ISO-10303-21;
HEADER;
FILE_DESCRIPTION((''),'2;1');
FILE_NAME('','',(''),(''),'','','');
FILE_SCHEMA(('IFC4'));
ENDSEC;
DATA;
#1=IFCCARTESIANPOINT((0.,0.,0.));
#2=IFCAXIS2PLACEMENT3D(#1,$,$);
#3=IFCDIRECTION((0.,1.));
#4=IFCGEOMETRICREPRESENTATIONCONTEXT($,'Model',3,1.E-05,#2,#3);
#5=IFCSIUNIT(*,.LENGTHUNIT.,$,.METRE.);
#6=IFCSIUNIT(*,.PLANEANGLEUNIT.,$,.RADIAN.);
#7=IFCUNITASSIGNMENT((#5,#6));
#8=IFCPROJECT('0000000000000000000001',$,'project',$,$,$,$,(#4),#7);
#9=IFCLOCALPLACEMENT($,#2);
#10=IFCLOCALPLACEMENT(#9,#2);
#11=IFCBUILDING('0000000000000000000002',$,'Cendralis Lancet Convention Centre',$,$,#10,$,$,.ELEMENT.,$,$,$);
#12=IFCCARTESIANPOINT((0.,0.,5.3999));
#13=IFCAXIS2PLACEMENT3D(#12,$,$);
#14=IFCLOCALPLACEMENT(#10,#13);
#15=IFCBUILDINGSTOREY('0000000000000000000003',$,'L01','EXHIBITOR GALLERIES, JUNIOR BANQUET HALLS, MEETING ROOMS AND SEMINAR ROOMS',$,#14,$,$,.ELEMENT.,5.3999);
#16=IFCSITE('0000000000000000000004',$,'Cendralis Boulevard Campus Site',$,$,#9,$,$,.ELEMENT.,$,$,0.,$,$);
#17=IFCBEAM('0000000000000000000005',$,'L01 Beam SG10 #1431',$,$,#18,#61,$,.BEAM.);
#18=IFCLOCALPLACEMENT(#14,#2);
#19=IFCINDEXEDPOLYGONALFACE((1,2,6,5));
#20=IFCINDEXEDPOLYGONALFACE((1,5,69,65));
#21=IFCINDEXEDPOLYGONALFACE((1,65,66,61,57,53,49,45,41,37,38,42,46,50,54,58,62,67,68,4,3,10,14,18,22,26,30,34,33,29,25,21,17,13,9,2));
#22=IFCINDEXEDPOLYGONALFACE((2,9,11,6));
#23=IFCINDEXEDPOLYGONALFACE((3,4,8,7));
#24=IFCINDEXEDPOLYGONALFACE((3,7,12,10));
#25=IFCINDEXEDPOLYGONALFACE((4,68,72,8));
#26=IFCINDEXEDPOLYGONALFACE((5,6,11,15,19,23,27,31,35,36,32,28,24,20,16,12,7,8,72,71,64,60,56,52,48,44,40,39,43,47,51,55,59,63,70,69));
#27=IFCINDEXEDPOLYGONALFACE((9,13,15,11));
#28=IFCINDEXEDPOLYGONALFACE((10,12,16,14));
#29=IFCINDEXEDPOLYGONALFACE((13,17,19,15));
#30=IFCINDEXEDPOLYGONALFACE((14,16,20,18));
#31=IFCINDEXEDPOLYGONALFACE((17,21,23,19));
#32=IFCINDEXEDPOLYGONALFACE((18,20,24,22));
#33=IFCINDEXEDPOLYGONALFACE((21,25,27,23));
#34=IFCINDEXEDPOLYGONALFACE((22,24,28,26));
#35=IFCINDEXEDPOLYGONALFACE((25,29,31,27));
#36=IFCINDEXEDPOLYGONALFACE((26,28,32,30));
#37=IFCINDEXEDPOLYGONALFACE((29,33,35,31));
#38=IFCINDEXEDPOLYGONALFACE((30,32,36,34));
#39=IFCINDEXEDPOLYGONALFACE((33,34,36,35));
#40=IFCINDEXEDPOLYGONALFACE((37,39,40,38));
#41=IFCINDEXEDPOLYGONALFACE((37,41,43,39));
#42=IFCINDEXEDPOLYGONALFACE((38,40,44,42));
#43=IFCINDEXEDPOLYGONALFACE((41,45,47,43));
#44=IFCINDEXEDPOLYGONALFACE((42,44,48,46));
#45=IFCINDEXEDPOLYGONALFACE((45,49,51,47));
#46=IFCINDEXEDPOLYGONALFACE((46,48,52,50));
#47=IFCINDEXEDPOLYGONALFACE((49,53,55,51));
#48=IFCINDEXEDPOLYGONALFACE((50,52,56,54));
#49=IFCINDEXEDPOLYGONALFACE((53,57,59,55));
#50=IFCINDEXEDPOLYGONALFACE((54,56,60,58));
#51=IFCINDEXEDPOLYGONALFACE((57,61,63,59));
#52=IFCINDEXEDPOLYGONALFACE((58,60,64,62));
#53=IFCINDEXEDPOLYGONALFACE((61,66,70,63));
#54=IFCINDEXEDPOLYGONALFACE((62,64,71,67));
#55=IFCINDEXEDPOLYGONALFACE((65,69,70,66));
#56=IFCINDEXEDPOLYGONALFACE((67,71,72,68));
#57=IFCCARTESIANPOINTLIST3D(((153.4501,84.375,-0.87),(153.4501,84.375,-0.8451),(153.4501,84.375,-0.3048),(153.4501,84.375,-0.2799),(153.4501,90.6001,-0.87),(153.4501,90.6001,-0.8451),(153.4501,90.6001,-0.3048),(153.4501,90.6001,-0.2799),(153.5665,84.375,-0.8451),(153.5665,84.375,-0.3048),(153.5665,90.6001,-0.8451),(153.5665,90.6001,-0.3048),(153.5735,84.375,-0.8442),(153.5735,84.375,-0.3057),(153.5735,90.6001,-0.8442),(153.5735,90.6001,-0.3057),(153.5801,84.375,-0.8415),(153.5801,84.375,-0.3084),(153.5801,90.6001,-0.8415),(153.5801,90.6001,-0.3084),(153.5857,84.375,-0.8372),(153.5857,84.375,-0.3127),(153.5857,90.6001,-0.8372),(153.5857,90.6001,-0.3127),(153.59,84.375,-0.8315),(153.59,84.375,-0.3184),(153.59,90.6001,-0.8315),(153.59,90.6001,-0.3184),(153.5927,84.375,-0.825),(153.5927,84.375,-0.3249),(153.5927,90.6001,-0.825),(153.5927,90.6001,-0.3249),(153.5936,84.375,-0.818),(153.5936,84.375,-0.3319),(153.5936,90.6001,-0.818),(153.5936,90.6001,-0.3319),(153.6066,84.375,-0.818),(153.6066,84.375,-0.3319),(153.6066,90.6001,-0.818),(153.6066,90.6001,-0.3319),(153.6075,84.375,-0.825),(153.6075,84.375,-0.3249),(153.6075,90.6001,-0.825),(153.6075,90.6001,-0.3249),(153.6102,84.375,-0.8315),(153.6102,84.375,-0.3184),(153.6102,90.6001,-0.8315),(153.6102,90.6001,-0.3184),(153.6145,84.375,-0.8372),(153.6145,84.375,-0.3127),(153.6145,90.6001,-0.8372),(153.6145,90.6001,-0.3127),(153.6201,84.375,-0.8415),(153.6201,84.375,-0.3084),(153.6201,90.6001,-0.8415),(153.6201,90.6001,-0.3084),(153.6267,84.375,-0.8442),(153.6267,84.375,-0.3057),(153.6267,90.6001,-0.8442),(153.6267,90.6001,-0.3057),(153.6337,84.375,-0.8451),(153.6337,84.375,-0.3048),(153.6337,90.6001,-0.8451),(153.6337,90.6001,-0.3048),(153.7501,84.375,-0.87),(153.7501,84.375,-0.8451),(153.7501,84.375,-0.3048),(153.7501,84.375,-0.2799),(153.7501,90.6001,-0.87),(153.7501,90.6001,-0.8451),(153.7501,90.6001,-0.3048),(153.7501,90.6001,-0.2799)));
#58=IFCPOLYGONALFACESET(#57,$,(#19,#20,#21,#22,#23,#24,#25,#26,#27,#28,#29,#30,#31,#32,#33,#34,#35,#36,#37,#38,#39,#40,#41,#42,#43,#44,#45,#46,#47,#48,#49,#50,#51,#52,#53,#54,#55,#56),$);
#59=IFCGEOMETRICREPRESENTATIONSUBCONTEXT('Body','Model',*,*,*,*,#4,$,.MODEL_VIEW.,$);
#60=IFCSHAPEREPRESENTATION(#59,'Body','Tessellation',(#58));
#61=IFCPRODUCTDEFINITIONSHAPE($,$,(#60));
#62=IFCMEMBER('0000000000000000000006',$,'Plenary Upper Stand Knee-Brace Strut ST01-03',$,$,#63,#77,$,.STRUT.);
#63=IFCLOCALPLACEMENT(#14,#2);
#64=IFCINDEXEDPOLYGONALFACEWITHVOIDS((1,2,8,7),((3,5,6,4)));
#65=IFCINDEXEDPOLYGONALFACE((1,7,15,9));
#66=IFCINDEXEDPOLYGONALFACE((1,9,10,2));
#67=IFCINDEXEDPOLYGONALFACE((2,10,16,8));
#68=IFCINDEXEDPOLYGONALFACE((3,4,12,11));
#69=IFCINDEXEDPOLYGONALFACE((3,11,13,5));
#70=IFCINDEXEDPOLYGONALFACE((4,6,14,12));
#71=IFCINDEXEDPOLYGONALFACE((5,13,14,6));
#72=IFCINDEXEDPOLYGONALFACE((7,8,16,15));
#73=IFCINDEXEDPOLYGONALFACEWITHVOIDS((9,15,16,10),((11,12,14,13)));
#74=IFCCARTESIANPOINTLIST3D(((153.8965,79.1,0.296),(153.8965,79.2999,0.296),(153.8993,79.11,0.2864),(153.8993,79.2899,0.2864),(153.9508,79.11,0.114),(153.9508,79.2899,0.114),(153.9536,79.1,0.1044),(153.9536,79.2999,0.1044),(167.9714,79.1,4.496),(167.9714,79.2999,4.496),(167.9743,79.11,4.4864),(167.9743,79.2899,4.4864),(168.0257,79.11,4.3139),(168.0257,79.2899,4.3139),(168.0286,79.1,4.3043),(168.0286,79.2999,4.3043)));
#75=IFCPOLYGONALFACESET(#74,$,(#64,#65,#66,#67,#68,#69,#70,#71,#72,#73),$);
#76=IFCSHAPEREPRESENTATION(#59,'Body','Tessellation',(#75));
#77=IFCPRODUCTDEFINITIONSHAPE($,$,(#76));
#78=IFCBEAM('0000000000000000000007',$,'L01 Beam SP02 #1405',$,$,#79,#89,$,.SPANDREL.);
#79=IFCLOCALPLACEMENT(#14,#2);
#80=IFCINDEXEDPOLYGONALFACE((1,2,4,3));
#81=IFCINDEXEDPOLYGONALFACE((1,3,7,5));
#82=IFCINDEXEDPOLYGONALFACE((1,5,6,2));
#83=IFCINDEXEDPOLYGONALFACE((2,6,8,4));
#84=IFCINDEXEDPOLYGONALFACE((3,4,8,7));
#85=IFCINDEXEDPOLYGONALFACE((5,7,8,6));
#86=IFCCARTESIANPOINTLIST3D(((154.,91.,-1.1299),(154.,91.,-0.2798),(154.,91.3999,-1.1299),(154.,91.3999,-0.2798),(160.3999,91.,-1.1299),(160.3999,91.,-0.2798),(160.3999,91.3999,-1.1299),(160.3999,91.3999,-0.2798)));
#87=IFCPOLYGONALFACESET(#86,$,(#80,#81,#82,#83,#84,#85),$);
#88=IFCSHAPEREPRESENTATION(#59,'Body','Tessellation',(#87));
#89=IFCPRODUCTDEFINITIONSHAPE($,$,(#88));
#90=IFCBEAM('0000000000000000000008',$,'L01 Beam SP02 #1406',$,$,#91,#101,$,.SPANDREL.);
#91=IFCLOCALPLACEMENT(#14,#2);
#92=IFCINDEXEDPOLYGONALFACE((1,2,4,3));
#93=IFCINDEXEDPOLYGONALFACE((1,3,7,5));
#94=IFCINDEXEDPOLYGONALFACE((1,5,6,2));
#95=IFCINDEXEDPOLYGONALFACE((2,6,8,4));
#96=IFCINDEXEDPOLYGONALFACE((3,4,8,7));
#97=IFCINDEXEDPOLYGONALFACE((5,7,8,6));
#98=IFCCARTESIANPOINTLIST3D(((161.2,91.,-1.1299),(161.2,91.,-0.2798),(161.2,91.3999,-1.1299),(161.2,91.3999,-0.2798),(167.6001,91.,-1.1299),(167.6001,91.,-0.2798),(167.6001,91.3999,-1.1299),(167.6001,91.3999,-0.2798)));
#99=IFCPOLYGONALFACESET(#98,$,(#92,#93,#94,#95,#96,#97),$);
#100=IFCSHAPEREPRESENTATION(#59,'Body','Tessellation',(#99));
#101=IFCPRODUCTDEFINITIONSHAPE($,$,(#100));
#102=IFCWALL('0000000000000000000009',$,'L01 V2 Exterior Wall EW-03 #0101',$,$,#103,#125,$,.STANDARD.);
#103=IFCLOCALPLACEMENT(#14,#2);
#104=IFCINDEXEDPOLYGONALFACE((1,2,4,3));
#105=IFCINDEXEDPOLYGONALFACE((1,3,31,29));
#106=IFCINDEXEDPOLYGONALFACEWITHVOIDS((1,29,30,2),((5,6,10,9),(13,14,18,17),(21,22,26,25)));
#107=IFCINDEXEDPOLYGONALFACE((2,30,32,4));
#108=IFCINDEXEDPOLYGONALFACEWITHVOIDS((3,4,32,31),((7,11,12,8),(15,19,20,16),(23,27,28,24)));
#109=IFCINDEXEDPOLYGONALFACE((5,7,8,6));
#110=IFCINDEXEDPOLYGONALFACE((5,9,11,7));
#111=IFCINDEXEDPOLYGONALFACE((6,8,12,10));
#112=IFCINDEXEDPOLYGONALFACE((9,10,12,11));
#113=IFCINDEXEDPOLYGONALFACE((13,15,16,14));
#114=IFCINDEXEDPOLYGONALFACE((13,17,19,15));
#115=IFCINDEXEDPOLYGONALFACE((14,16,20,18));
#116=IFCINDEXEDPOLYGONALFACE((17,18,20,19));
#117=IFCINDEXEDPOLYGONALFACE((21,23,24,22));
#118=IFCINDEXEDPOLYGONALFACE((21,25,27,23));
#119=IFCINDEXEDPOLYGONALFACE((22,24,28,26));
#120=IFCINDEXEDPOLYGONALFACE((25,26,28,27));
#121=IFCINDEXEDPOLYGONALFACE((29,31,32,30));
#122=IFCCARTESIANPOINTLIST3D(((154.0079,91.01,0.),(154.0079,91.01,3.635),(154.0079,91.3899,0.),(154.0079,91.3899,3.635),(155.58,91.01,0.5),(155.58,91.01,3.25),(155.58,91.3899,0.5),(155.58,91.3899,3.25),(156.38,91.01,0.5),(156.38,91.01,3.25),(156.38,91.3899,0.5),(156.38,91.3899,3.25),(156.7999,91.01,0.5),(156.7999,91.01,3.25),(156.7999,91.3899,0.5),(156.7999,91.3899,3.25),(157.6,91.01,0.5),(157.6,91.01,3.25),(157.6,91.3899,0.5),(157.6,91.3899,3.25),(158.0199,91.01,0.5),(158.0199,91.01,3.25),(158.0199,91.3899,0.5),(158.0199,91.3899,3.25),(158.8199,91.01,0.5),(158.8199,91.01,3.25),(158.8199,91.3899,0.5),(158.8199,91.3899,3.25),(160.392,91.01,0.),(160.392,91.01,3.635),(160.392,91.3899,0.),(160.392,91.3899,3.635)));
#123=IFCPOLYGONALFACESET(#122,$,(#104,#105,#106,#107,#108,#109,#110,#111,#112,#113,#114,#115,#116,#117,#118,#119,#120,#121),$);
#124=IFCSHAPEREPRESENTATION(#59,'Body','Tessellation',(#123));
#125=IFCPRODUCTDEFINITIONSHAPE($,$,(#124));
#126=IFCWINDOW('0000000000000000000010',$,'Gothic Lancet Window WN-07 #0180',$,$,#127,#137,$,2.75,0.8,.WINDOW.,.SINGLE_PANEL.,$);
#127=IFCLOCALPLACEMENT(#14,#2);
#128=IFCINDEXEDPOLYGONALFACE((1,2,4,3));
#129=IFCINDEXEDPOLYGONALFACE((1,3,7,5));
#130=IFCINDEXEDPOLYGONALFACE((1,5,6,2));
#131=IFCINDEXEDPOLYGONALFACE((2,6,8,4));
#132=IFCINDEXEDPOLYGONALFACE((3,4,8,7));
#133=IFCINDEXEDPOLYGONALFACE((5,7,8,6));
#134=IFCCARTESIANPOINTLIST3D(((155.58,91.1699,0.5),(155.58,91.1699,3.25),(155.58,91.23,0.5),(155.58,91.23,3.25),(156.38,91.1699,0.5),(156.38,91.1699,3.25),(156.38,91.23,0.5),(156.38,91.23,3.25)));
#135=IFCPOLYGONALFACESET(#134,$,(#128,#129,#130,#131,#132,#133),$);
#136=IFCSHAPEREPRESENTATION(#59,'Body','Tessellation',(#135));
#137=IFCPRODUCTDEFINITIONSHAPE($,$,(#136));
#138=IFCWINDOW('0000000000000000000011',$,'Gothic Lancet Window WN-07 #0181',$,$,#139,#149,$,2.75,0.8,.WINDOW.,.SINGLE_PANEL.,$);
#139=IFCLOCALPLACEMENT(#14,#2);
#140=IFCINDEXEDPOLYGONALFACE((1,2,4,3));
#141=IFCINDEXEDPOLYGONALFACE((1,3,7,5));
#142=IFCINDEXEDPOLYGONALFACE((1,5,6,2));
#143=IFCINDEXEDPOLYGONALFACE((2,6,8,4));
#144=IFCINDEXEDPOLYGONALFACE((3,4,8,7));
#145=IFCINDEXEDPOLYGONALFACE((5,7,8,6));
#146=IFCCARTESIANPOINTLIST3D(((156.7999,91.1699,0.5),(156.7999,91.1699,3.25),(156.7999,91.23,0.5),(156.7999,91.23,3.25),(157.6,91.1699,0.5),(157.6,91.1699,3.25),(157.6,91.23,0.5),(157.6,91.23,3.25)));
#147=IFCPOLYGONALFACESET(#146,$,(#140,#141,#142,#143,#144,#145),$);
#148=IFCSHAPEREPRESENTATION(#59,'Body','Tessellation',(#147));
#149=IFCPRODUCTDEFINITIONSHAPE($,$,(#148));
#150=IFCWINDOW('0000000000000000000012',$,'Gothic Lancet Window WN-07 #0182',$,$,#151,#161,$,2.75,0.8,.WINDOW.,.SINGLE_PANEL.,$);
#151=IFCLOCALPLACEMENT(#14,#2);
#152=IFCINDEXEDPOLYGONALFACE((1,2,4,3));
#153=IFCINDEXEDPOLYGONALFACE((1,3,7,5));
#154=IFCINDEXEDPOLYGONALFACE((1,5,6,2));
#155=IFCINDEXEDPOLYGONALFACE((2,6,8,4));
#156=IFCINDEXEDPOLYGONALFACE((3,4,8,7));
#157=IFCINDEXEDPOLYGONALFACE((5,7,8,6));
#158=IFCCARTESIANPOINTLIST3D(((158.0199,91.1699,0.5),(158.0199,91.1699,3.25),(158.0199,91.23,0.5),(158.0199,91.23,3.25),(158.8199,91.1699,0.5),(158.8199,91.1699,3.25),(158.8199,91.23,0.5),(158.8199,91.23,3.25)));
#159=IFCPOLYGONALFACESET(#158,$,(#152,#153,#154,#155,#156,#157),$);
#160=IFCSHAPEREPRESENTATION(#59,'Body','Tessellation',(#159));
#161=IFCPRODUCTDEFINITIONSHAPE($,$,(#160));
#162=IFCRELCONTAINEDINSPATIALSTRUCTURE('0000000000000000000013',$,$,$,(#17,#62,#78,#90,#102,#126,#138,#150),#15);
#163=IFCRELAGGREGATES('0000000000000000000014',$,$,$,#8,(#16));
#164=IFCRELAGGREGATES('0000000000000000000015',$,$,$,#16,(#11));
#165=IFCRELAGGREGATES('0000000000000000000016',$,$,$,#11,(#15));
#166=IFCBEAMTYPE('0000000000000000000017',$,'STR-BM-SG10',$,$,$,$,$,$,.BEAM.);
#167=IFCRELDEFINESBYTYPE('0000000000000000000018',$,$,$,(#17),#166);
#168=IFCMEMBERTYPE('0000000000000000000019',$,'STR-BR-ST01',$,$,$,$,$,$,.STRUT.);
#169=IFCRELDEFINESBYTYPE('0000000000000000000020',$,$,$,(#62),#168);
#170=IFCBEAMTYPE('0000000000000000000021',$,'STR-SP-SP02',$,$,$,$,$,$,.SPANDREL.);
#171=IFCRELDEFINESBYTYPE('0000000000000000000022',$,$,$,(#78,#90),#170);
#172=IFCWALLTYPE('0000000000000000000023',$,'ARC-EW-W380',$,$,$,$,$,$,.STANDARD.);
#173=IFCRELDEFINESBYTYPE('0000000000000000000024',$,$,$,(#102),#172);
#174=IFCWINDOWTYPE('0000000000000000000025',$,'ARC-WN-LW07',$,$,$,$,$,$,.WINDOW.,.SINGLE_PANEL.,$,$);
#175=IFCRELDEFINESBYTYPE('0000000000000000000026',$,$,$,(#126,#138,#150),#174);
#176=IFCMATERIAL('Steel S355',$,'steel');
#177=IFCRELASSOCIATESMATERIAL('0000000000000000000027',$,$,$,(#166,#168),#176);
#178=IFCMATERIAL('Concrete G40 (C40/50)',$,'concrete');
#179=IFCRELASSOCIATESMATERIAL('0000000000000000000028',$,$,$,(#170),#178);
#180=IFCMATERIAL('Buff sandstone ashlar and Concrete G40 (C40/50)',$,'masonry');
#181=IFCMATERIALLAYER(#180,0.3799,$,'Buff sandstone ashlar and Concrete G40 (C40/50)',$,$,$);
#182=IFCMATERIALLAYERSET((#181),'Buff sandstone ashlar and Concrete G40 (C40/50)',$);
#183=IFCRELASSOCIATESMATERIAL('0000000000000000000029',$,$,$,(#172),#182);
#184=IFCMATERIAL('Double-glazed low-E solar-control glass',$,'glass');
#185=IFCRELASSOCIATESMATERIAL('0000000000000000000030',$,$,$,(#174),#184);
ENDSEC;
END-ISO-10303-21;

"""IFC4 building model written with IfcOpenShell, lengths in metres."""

from ifc_helpers import new_model, si_unit, direction, frame, frame_2d, origin, origin_2d, place, context, subcontext, project, spatial, rectangle, hollow_rectangle, i_section, extrude, material, layer, layer_set, material_profile, profile_set, type_object, element, fill, save


model = new_model("IFC4")

# Units and contexts
model_context = context("Model", 3, precision=1e-05, world=origin(), true_north=direction((0.0, 1.0)))
body_context = subcontext(model_context, "Body", "Model", "MODEL_VIEW")
ifc_project = project(units=[si_unit("LENGTHUNIT", "METRE"), si_unit("PLANEANGLEUNIT", "RADIAN")], contexts=[model_context])

# Site, building, storey
site_placement = place(None, origin())
site = spatial("IfcSite", under=ifc_project, at=site_placement, Name="Cendralis Boulevard Campus Site", CompositionType="ELEMENT", RefElevation=0.0)
building_placement = place(site_placement, origin())
building = spatial("IfcBuilding", under=site, at=building_placement, Name="Cendralis Lancet Convention Centre", CompositionType="ELEMENT")
storey_placement = place(building_placement, frame((0.0, 0.0, 5.3999)))
storey = spatial("IfcBuildingStorey", under=building, at=storey_placement, Name="L01", Description="EXHIBITOR GALLERIES, JUNIOR BANQUET HALLS, MEETING ROOMS AND SEMINAR ROOMS", CompositionType="ELEMENT", Elevation=5.3999)

# Shared definitions
ifc_material_1 = material(Name="Concrete G40 (C40/50)", Category="concrete")

# Beam
ifc_material_2 = material(Name="Steel S355", Category="steel")
ifc_material_profile_1 = material_profile(ifc_material_2, i_section(OverallWidth=0.3, OverallDepth=0.5901, WebThickness=0.0129, FlangeThickness=0.0249, FilletRadius=0.0271, at=origin_2d()), Name="HEA 600")
ifc_profile_set_1 = profile_set([ifc_material_profile_1], Name="Steel S355")
beam_type_1 = type_object("IfcBeamType", Name="STR-BM-SG10", PredefinedType="BEAM", material=ifc_profile_set_1)
beam_1_placement = place(storey_placement, frame((153.6001, 84.375, -0.575), z_axis=(0.0, 1.0, 0.0), x_axis=(-1.0, 0.0, 0.0)))
element("IfcBeam", 1, at=beam_1_placement, inside=storey, type_object=beam_type_1, Name="L01 Beam SG10 #1431", PredefinedType="BEAM", context=body_context, shape_type="SweptSolid", body=[
    extrude(i_section(OverallWidth=0.3, OverallDepth=0.5901, WebThickness=0.0129, FlangeThickness=0.0249, FilletRadius=0.0271, at=origin_2d()), origin(), (0.0, 0.0, 1.0), 6.2251),
])

# Member
ifc_material_profile_2 = material_profile(ifc_material_2, hollow_rectangle(XDim=0.2, YDim=0.2, WallThickness=0.01, at=origin_2d()), Name="SHS 200x200x10.0")
ifc_profile_set_2 = profile_set([ifc_material_profile_2], Name="Steel S355")
member_type = type_object("IfcMemberType", Name="STR-BR-ST01", PredefinedType="STRUT", material=ifc_profile_set_2)
member_placement = place(storey_placement, frame((153.925, 79.2, 0.2002), z_axis=(0.958247, 0.0, 0.28594), x_axis=(0.0, 1.0, 0.0)))
element("IfcMember", 2, at=member_placement, inside=storey, type_object=member_type, Name="Plenary Upper Stand Knee-Brace Strut ST01-03", PredefinedType="STRUT", context=body_context, shape_type="SweptSolid", body=[
    extrude(hollow_rectangle(XDim=0.2, YDim=0.2, WallThickness=0.01, at=origin_2d()), origin(), (0.0, 0.0, 1.0), 14.6882),
])

# Beams
ifc_material_profile_3 = material_profile(ifc_material_1, rectangle(XDim=0.3999, YDim=0.8501, at=origin_2d()), Name="RCB 400x850")
ifc_profile_set_3 = profile_set([ifc_material_profile_3], Name="Concrete G40 (C40/50)")
beam_type_2 = type_object("IfcBeamType", Name="STR-SP-SP02", PredefinedType="SPANDREL", material=ifc_profile_set_3)
beam_2_placement = place(storey_placement, frame((154.0, 91.2, -0.7048), z_axis=(1.0, 0.0, 0.0), x_axis=(0.0, 1.0, 0.0)))
element("IfcBeam", 3, at=beam_2_placement, inside=storey, type_object=beam_type_2, Name="L01 Beam SP02 #1405", PredefinedType="SPANDREL", context=body_context, shape_type="SweptSolid", body=[
    extrude(rectangle(XDim=0.3999, YDim=0.8501, at=origin_2d()), origin(), (0.0, 0.0, 1.0), 6.3999),
])
beam_3_placement = place(storey_placement, frame((161.2, 91.2, -0.7048), z_axis=(1.0, 0.0, 0.0), x_axis=(0.0, 1.0, 0.0)))
element("IfcBeam", 4, at=beam_3_placement, inside=storey, type_object=beam_type_2, Name="L01 Beam SP02 #1406", PredefinedType="SPANDREL", context=body_context, shape_type="SweptSolid", body=[
    extrude(rectangle(XDim=0.3999, YDim=0.8501, at=origin_2d()), origin(), (0.0, 0.0, 1.0), 6.4001),
])

# Wall, openings, windows
ifc_material_3 = material(Name="Buff sandstone ashlar and Concrete G40 (C40/50)", Category="masonry")
ifc_layer_1 = layer(ifc_material_3, 0.3799, Name="Buff sandstone ashlar and Concrete G40 (C40/50)")
ifc_layer_set_1 = layer_set([ifc_layer_1], Name="Buff sandstone ashlar and Concrete G40 (C40/50)")
wall_type_1 = type_object("IfcWallType", Name="ARC-EW-W380", PredefinedType="STANDARD", material=ifc_layer_set_1)
wall_1_placement = place(storey_placement, frame((154.0081, 91.2, 0.0), z_axis=(0.0, 0.0, 1.0), x_axis=(1.0, 0.0, 0.0)))
wall_1 = element("IfcWall", 5, at=wall_1_placement, inside=storey, type_object=wall_type_1, Name="L01 V2 Exterior Wall EW-03 #0101", PredefinedType="STANDARD", context=body_context, shape_type="SweptSolid", body=[
    extrude(rectangle(XDim=6.384, YDim=0.3799, at=frame_2d((3.1919, 0.0))), origin(), (0.0, 0.0, 1.0), 3.635),
])
opening_1_placement = place(wall_1_placement, frame((1.572, 0.0, 0.5)))
opening_1 = element("IfcOpeningElement", 6, at=opening_1_placement, cuts=wall_1, PredefinedType="OPENING", context=body_context, shape_type="SweptSolid", body=[
    extrude(rectangle(XDim=0.8, YDim=2.75, at=frame_2d((0.3999, 1.375))), frame((0.0, 0.2, 0.0), z_axis=(0.0, -1.0, 0.0), x_axis=(1.0, 0.0, 0.0)), (0.0, 0.0, 1.0), 0.3999),
])
opening_2_placement = place(wall_1_placement, frame((2.792, 0.0, 0.5)))
opening_2 = element("IfcOpeningElement", 7, at=opening_2_placement, cuts=wall_1, PredefinedType="OPENING", context=body_context, shape_type="SweptSolid", body=[
    extrude(rectangle(XDim=0.8, YDim=2.75, at=frame_2d((0.3999, 1.375))), frame((0.0, 0.2, 0.0), z_axis=(0.0, -1.0, 0.0), x_axis=(1.0, 0.0, 0.0)), (0.0, 0.0, 1.0), 0.3999),
])
opening_3_placement = place(wall_1_placement, frame((4.012, 0.0, 0.5)))
opening_3 = element("IfcOpeningElement", 8, at=opening_3_placement, cuts=wall_1, PredefinedType="OPENING", context=body_context, shape_type="SweptSolid", body=[
    extrude(rectangle(XDim=0.8, YDim=2.75, at=frame_2d((0.3999, 1.375))), frame((0.0, 0.2, 0.0), z_axis=(0.0, -1.0, 0.0), x_axis=(1.0, 0.0, 0.0)), (0.0, 0.0, 1.0), 0.3999),
])
ifc_material_4 = material(Name="Double-glazed low-E solar-control glass", Category="glass")
window_type_1 = type_object("IfcWindowType", Name="ARC-WN-LW07", PartitioningType="SINGLE_PANEL", PredefinedType="WINDOW", material=ifc_material_4)
window_1_placement = place(opening_1_placement, origin())
window_1 = element("IfcWindow", 9, at=window_1_placement, inside=storey, type_object=window_type_1, Name="Gothic Lancet Window WN-07 #0180", OverallHeight=2.75, OverallWidth=0.8, PartitioningType="SINGLE_PANEL", PredefinedType="WINDOW", context=body_context, shape_type="SweptSolid", body=[
    extrude(rectangle(XDim=0.8, YDim=2.75, at=frame_2d((0.3999, 1.375))), frame((0.0, 0.03, 0.0), z_axis=(0.0, -1.0, 0.0), x_axis=(1.0, 0.0, 0.0)), (0.0, 0.0, 1.0), 0.0601),
])
fill(opening_1, window_1)
window_2_placement = place(opening_2_placement, origin())
window_2 = element("IfcWindow", 10, at=window_2_placement, inside=storey, type_object=window_type_1, Name="Gothic Lancet Window WN-07 #0181", OverallHeight=2.75, OverallWidth=0.8, PartitioningType="SINGLE_PANEL", PredefinedType="WINDOW", context=body_context, shape_type="SweptSolid", body=[
    extrude(rectangle(XDim=0.8, YDim=2.75, at=frame_2d((0.3999, 1.375))), frame((0.0, 0.03, 0.0), z_axis=(0.0, -1.0, 0.0), x_axis=(1.0, 0.0, 0.0)), (0.0, 0.0, 1.0), 0.0601),
])
fill(opening_2, window_2)
window_3_placement = place(opening_3_placement, origin())
window_3 = element("IfcWindow", 11, at=window_3_placement, inside=storey, type_object=window_type_1, Name="Gothic Lancet Window WN-07 #0182", OverallHeight=2.75, OverallWidth=0.8, PartitioningType="SINGLE_PANEL", PredefinedType="WINDOW", context=body_context, shape_type="SweptSolid", body=[
    extrude(rectangle(XDim=0.8, YDim=2.75, at=frame_2d((0.3999, 1.375))), frame((0.0, 0.03, 0.0), z_axis=(0.0, -1.0, 0.0), x_axis=(1.0, 0.0, 0.0)), (0.0, 0.0, 1.0), 0.0601),
])
fill(opening_3, window_3)

save(model, "model.ifc")
